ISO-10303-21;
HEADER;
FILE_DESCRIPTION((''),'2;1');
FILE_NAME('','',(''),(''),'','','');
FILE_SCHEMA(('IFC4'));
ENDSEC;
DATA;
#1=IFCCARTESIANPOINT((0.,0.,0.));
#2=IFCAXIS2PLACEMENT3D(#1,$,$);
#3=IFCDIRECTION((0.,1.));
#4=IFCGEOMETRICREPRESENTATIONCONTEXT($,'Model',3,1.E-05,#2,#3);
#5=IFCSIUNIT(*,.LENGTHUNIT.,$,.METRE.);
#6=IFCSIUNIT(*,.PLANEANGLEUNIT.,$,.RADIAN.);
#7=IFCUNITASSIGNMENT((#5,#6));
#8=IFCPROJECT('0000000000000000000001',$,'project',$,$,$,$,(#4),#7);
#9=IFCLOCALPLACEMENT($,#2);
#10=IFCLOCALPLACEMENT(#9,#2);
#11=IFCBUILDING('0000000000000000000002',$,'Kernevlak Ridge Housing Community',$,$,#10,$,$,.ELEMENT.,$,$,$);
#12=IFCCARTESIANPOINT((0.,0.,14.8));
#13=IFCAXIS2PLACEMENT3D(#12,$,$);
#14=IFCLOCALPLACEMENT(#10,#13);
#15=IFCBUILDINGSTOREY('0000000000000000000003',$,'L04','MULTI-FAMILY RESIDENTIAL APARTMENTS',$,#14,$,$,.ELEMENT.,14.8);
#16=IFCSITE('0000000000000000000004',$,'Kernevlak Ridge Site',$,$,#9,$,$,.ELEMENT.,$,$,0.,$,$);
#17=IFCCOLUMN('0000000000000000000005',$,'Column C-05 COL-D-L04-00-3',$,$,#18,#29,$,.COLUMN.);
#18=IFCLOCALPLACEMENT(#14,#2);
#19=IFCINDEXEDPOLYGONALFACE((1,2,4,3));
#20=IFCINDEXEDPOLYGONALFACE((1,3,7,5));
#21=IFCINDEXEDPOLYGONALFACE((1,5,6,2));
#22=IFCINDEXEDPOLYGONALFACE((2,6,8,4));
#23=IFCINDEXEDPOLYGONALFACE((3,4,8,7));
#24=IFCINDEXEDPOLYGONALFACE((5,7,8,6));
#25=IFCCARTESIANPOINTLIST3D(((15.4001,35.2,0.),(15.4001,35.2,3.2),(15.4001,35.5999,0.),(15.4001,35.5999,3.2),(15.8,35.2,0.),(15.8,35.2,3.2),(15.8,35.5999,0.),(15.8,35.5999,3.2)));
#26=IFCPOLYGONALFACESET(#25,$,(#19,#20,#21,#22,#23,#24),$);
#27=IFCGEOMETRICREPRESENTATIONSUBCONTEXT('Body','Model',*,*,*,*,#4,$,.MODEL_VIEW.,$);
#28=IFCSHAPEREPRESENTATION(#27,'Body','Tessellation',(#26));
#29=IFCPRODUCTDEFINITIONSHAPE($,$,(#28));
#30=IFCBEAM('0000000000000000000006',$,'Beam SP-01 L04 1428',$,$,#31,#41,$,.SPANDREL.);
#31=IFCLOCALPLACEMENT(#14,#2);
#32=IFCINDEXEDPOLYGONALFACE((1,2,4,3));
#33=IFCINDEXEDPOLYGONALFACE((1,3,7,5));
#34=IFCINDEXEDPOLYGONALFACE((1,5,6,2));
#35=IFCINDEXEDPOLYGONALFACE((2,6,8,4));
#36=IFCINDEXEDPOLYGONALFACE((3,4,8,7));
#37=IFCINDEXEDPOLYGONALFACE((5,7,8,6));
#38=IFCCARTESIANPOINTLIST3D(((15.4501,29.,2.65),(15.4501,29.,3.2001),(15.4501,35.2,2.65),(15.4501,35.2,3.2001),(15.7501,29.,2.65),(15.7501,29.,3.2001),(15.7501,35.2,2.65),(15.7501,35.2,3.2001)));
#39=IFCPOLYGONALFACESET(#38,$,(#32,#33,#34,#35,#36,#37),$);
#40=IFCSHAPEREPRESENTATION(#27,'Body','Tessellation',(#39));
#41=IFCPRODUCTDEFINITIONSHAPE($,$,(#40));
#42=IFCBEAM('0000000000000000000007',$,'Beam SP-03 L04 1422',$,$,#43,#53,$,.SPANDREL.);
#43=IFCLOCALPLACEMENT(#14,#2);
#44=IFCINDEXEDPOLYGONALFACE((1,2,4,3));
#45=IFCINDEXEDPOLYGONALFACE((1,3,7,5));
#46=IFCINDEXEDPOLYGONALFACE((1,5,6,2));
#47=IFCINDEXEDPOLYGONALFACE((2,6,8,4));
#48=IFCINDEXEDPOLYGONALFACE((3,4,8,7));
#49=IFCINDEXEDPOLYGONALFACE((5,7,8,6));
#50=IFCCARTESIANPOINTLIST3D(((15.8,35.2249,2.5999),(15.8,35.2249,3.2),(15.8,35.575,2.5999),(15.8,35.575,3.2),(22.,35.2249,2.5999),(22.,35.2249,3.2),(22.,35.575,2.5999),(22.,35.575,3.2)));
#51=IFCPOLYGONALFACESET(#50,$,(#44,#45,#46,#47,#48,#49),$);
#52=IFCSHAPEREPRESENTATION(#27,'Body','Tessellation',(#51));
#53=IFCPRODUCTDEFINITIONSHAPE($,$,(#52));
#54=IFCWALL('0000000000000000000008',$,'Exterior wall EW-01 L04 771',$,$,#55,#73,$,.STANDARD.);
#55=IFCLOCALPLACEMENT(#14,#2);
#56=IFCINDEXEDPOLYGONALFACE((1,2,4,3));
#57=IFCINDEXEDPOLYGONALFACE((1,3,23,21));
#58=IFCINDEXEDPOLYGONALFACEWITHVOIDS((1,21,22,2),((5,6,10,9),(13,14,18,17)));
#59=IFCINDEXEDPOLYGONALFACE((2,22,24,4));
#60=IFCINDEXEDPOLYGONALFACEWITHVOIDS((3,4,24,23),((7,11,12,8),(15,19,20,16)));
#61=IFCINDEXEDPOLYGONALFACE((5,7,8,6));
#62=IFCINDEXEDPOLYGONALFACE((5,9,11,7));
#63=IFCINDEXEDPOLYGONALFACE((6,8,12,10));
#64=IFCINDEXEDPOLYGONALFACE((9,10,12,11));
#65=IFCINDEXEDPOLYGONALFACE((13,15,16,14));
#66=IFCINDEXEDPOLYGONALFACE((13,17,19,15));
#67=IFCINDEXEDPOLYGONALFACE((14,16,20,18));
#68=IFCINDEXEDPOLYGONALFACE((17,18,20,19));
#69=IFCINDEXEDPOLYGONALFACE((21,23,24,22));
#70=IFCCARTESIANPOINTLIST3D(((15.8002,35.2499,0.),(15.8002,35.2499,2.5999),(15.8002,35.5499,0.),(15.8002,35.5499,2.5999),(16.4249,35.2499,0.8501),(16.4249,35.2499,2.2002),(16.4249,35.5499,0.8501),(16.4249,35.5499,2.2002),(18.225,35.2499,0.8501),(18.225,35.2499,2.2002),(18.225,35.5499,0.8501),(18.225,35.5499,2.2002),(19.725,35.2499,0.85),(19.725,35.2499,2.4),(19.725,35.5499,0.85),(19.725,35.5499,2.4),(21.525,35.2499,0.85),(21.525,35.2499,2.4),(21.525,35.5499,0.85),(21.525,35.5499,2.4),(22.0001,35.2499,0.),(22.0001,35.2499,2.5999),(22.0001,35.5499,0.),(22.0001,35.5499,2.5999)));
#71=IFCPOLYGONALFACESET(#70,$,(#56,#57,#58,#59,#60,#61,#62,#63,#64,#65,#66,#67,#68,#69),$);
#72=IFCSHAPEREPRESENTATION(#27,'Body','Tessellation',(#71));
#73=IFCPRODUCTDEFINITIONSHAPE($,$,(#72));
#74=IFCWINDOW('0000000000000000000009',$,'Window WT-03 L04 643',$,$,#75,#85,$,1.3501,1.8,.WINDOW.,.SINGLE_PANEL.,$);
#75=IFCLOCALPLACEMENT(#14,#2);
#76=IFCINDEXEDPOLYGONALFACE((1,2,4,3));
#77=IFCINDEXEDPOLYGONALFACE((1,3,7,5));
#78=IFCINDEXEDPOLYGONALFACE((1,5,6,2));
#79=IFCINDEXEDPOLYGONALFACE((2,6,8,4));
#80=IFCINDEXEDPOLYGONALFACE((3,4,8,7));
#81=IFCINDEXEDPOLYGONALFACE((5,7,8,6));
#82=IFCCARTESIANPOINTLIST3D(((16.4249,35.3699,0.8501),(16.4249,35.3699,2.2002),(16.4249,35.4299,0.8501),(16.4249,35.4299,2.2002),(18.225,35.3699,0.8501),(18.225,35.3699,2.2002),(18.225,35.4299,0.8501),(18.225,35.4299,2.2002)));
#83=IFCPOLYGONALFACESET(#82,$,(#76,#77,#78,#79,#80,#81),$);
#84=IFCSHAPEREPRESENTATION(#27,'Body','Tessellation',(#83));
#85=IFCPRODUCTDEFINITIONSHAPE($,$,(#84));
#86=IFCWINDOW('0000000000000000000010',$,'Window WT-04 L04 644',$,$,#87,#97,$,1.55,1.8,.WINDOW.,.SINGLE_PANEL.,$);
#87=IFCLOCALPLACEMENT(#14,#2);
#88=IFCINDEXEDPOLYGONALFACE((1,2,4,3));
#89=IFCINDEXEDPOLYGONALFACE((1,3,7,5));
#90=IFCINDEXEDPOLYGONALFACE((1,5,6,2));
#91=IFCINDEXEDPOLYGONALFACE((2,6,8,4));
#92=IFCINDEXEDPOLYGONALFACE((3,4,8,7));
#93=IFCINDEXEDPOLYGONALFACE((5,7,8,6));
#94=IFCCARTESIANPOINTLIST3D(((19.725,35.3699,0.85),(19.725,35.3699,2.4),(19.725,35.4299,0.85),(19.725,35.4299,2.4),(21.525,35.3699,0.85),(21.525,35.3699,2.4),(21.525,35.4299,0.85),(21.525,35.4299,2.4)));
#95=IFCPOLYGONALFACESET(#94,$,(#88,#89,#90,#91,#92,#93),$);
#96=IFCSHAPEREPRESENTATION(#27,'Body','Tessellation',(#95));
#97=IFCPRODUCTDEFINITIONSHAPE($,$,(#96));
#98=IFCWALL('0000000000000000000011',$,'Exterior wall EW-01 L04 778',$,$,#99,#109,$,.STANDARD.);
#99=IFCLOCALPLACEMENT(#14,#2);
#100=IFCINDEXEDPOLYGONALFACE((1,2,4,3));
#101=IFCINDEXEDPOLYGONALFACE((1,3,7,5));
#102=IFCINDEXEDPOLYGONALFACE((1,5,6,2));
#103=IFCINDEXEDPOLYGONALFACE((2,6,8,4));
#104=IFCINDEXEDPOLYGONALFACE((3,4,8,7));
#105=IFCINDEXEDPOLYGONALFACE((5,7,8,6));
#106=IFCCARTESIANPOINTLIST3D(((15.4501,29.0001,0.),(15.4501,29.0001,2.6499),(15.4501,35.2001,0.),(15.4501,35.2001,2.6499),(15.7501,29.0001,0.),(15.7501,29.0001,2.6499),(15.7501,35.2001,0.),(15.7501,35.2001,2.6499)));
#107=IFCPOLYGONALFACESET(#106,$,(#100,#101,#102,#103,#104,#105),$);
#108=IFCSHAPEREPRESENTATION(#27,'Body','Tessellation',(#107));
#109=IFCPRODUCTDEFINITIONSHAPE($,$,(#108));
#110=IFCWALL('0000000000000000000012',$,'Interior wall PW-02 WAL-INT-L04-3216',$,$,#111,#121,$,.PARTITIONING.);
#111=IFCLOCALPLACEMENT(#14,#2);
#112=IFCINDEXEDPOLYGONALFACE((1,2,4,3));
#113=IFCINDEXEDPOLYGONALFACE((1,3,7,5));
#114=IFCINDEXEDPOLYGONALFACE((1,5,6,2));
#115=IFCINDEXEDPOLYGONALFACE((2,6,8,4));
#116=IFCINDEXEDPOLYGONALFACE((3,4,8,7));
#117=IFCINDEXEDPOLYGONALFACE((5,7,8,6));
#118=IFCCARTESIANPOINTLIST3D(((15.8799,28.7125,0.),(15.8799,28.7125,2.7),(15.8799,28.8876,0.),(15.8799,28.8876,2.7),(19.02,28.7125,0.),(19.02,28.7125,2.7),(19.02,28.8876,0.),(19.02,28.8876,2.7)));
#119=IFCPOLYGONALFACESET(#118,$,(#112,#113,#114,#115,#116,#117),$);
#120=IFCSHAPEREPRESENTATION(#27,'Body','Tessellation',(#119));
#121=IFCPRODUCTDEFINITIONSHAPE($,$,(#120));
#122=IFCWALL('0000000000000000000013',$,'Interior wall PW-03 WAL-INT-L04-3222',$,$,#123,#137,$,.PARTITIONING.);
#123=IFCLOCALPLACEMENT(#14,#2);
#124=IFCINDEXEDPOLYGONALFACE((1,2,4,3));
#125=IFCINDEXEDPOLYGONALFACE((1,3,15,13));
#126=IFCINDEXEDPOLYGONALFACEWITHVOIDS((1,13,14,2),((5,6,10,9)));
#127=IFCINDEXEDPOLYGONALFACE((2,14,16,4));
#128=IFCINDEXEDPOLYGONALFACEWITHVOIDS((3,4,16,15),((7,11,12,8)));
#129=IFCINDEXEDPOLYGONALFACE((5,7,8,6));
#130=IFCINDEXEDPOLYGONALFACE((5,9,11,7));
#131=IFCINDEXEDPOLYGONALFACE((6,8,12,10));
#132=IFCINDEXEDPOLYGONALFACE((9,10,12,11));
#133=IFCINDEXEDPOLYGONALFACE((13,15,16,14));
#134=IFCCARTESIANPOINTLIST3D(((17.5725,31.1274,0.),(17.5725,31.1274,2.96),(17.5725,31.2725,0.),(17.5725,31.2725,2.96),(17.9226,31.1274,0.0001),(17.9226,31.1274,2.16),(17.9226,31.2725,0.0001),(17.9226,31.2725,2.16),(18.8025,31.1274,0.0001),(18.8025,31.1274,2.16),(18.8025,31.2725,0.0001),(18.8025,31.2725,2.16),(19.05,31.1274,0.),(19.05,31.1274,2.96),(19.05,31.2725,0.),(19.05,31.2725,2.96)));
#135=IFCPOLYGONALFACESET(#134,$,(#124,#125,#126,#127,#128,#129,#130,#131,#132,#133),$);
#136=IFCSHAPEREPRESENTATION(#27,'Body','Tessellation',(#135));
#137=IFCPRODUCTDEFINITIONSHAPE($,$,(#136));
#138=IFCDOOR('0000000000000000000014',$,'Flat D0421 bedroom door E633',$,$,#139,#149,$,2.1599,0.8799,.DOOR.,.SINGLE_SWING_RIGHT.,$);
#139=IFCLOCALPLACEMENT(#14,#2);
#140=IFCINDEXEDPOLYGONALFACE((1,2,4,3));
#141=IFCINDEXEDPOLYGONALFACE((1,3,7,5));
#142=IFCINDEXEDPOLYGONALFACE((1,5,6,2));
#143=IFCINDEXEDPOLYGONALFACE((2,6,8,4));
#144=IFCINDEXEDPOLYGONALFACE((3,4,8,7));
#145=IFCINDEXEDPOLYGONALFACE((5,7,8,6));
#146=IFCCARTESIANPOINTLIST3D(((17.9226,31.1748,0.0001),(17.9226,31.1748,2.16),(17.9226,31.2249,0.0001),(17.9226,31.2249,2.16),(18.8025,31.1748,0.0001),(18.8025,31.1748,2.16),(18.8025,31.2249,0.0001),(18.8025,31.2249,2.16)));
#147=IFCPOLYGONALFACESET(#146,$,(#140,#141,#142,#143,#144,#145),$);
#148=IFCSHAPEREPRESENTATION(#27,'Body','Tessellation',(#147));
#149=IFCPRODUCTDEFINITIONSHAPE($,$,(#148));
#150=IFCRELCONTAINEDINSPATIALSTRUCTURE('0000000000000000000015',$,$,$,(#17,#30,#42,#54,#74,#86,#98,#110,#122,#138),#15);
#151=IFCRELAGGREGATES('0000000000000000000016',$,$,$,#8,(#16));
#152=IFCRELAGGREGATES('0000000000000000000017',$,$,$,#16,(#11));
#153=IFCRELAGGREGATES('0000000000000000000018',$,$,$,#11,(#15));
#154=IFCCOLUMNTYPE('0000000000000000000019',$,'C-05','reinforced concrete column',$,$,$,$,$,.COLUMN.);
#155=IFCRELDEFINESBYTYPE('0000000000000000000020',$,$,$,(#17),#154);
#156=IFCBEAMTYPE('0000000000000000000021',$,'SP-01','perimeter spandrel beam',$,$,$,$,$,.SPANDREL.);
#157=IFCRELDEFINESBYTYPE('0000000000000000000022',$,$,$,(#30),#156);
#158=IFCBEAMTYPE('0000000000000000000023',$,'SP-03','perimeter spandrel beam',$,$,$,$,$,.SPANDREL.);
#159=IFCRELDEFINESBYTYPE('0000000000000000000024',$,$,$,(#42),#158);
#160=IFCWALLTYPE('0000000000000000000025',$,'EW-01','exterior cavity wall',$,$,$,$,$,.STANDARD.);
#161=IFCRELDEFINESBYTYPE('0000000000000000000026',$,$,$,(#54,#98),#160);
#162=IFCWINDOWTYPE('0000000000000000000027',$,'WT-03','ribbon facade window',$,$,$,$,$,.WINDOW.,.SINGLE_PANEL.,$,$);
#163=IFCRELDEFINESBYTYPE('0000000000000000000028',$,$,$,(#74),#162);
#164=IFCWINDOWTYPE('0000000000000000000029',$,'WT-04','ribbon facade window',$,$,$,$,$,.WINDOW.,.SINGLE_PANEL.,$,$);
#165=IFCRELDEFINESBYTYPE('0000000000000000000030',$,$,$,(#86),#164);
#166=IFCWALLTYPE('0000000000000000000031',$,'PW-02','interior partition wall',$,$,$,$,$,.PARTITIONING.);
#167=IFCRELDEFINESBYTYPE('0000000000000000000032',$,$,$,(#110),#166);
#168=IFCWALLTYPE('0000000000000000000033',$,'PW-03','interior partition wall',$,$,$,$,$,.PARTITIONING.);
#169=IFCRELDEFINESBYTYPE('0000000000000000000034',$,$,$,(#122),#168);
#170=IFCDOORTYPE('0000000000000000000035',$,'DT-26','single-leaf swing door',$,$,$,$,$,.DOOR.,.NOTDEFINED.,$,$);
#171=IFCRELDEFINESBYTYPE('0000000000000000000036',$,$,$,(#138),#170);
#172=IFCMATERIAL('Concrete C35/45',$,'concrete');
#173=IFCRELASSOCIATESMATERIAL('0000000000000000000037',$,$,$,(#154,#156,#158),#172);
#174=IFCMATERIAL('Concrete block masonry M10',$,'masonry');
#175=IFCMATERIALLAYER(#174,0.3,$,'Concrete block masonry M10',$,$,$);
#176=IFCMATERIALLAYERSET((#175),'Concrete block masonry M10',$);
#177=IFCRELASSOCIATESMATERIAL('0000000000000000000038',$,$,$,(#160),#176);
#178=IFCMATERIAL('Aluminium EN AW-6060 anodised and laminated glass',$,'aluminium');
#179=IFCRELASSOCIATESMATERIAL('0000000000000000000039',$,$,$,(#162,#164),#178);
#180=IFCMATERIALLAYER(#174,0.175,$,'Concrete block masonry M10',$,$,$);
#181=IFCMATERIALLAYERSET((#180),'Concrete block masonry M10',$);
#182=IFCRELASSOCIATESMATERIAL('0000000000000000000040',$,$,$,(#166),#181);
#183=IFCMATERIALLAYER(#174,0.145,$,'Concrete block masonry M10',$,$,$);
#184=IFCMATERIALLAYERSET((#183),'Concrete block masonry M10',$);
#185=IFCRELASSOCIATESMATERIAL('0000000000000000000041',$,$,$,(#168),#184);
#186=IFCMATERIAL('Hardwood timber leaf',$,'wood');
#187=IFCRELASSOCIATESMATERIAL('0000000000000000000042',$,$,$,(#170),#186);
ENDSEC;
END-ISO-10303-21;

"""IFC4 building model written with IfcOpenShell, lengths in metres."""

from ifc_helpers import new_model, si_unit, direction, frame, frame_2d, origin, origin_2d, place, context, subcontext, project, spatial, rectangle, extrude, material, layer, layer_set, material_profile, profile_set, type_object, element, fill, save


model = new_model("IFC4")

# Units and contexts
model_context = context("Model", 3, precision=1e-05, world=origin(), true_north=direction((0.0, 1.0)))
body_context = subcontext(model_context, "Body", "Model", "MODEL_VIEW")
ifc_project = project(units=[si_unit("LENGTHUNIT", "METRE"), si_unit("PLANEANGLEUNIT", "RADIAN")], contexts=[model_context])

# Site, building, storey
site_placement = place(None, origin())
site = spatial("IfcSite", under=ifc_project, at=site_placement, Name="Kernevlak Ridge Site", CompositionType="ELEMENT", RefElevation=0.0)
building_placement = place(site_placement, origin())
building = spatial("IfcBuilding", under=site, at=building_placement, Name="Kernevlak Ridge Housing Community", CompositionType="ELEMENT")
storey_placement = place(building_placement, frame((0.0, 0.0, 14.8)))
storey = spatial("IfcBuildingStorey", under=building, at=storey_placement, Name="L04", Description="MULTI-FAMILY RESIDENTIAL APARTMENTS", CompositionType="ELEMENT", Elevation=14.8)

# Column
ifc_material_1 = material(Name="Concrete C35/45", Category="concrete")
ifc_material_profile_1 = material_profile(ifc_material_1, rectangle(XDim=0.3999, YDim=0.3999, at=origin_2d()), Name="RC 400x400")
ifc_profile_set_1 = profile_set([ifc_material_profile_1], Name="Concrete C35/45")
column_type = type_object("IfcColumnType", Name="C-05", Description="reinforced concrete column", PredefinedType="COLUMN", material=ifc_profile_set_1)
column_placement = place(storey_placement, frame((15.6001, 35.3999, 0.0), z_axis=(0.0, 0.0, 1.0), x_axis=(1.0, 0.0, 0.0)))
element("IfcColumn", 1, at=column_placement, inside=storey, type_object=column_type, Name="Column C-05 COL-D-L04-00-3", PredefinedType="COLUMN", context=body_context, shape_type="SweptSolid", body=[
    extrude(rectangle(XDim=0.3999, YDim=0.3999, at=origin_2d()), origin(), (0.0, 0.0, 1.0), 3.2),
])

# Beams
ifc_material_profile_2 = material_profile(ifc_material_1, rectangle(XDim=0.3, YDim=0.55, at=origin_2d()), Name="RC 300x550")
ifc_profile_set_2 = profile_set([ifc_material_profile_2], Name="Concrete C35/45")
beam_type_1 = type_object("IfcBeamType", Name="SP-01", Description="perimeter spandrel beam", PredefinedType="SPANDREL", material=ifc_profile_set_2)
beam_1_placement = place(storey_placement, frame((15.6001, 29.0, 2.925), z_axis=(0.0, 1.0, 0.0), x_axis=(-1.0, 0.0, 0.0)))
element("IfcBeam", 2, at=beam_1_placement, inside=storey, type_object=beam_type_1, Name="Beam SP-01 L04 1428", PredefinedType="SPANDREL", context=body_context, shape_type="SweptSolid", body=[
    extrude(rectangle(XDim=0.3, YDim=0.55, at=origin_2d()), origin(), (0.0, 0.0, 1.0), 6.2),
])
ifc_material_profile_3 = material_profile(ifc_material_1, rectangle(XDim=0.3501, YDim=0.6001, at=origin_2d()), Name="RC 350x600")
ifc_profile_set_3 = profile_set([ifc_material_profile_3], Name="Concrete C35/45")
beam_type_2 = type_object("IfcBeamType", Name="SP-03", Description="perimeter spandrel beam", PredefinedType="SPANDREL", material=ifc_profile_set_3)
beam_2_placement = place(storey_placement, frame((15.8, 35.3999, 2.8999), z_axis=(1.0, 0.0, 0.0), x_axis=(0.0, 1.0, 0.0)))
element("IfcBeam", 3, at=beam_2_placement, inside=storey, type_object=beam_type_2, Name="Beam SP-03 L04 1422", PredefinedType="SPANDREL", context=body_context, shape_type="SweptSolid", body=[
    extrude(rectangle(XDim=0.3501, YDim=0.6001, at=origin_2d()), origin(), (0.0, 0.0, 1.0), 6.2),
])

# Wall, openings, windows
ifc_material_2 = material(Name="Concrete block masonry M10", Category="masonry")
ifc_layer_1 = layer(ifc_material_2, 0.3, Name="Concrete block masonry M10")
ifc_layer_set_1 = layer_set([ifc_layer_1], Name="Concrete block masonry M10")
wall_type_1 = type_object("IfcWallType", Name="EW-01", Description="exterior cavity wall", PredefinedType="STANDARD", material=ifc_layer_set_1)
wall_1_placement = place(storey_placement, frame((15.8, 35.3999, 0.0), z_axis=(0.0, 0.0, 1.0), x_axis=(1.0, 0.0, 0.0)))
wall_1 = element("IfcWall", 4, at=wall_1_placement, inside=storey, type_object=wall_type_1, Name="Exterior wall EW-01 L04 771", PredefinedType="STANDARD", context=body_context, shape_type="SweptSolid", body=[
    extrude(rectangle(XDim=6.2, YDim=0.3, at=frame_2d((3.1001, 0.0))), origin(), (0.0, 0.0, 1.0), 2.5999),
])
opening_1_placement = place(wall_1_placement, frame((0.625, 0.0, 0.8501)))
opening_1 = element("IfcOpeningElement", 5, at=opening_1_placement, cuts=wall_1, PredefinedType="OPENING", context=body_context, shape_type="SweptSolid", body=[
    extrude(rectangle(XDim=1.8, YDim=1.3501, at=frame_2d((0.8999, 0.675))), frame((0.0, 0.1599, 0.0), z_axis=(0.0, -1.0, 0.0), x_axis=(1.0, 0.0, 0.0)), (0.0, 0.0, 1.0), 0.3201),
])
opening_2_placement = place(wall_1_placement, frame((3.925, 0.0, 0.8501)))
opening_2 = element("IfcOpeningElement", 6, at=opening_2_placement, cuts=wall_1, PredefinedType="OPENING", context=body_context, shape_type="SweptSolid", body=[
    extrude(rectangle(XDim=1.8, YDim=1.55, at=frame_2d((0.8999, 0.7749))), frame((0.0, 0.1599, 0.0), z_axis=(0.0, -1.0, 0.0), x_axis=(1.0, 0.0, 0.0)), (0.0, 0.0, 1.0), 0.3201),
])
ifc_material_3 = material(Name="Aluminium EN AW-6060 anodised and laminated glass", Category="aluminium")
window_type_1 = type_object("IfcWindowType", Name="WT-03", Description="ribbon facade window", PartitioningType="SINGLE_PANEL", PredefinedType="WINDOW", material=ifc_material_3)
window_1_placement = place(opening_1_placement, origin())
window_1 = element("IfcWindow", 7, at=window_1_placement, inside=storey, type_object=window_type_1, Name="Window WT-03 L04 643", OverallHeight=1.3501, OverallWidth=1.8, PartitioningType="SINGLE_PANEL", PredefinedType="WINDOW", context=body_context, shape_type="SweptSolid", body=[
    extrude(rectangle(XDim=1.8, YDim=1.3501, at=frame_2d((0.8999, 0.675))), frame((0.0, 0.03, 0.0), z_axis=(0.0, -1.0, 0.0), x_axis=(1.0, 0.0, 0.0)), (0.0, 0.0, 1.0), 0.0601),
])
fill(opening_1, window_1)
window_type_2 = type_object("IfcWindowType", Name="WT-04", Description="ribbon facade window", PartitioningType="SINGLE_PANEL", PredefinedType="WINDOW", material=ifc_material_3)
window_2_placement = place(opening_2_placement, origin())
window_2 = element("IfcWindow", 8, at=window_2_placement, inside=storey, type_object=window_type_2, Name="Window WT-04 L04 644", OverallHeight=1.55, OverallWidth=1.8, PartitioningType="SINGLE_PANEL", PredefinedType="WINDOW", context=body_context, shape_type="SweptSolid", body=[
    extrude(rectangle(XDim=1.8, YDim=1.55, at=frame_2d((0.8999, 0.7749))), frame((0.0, 0.03, 0.0), z_axis=(0.0, -1.0, 0.0), x_axis=(1.0, 0.0, 0.0)), (0.0, 0.0, 1.0), 0.0601),
])
fill(opening_2, window_2)

# Walls
wall_2_placement = place(storey_placement, frame((15.6001, 29.0, 0.0), z_axis=(0.0, 0.0, 1.0), x_axis=(0.0, 1.0, 0.0)))
element("IfcWall", 9, at=wall_2_placement, inside=storey, type_object=wall_type_1, Name="Exterior wall EW-01 L04 778", PredefinedType="STANDARD", context=body_context, shape_type="SweptSolid", body=[
    extrude(rectangle(XDim=6.2, YDim=0.3, at=frame_2d((3.1001, 0.0))), origin(), (0.0, 0.0, 1.0), 2.6499),
])
ifc_layer_2 = layer(ifc_material_2, 0.175, Name="Concrete block masonry M10")
ifc_layer_set_2 = layer_set([ifc_layer_2], Name="Concrete block masonry M10")
wall_type_2 = type_object("IfcWallType", Name="PW-02", Description="interior partition wall", PredefinedType="PARTITIONING", material=ifc_layer_set_2)
wall_3_placement = place(storey_placement, frame((15.8799, 28.8, 0.0), z_axis=(0.0, 0.0, 1.0), x_axis=(1.0, 0.0, 0.0)))
element("IfcWall", 10, at=wall_3_placement, inside=storey, type_object=wall_type_2, Name="Interior wall PW-02 WAL-INT-L04-3216", PredefinedType="PARTITIONING", context=body_context, shape_type="SweptSolid", body=[
    extrude(rectangle(XDim=3.1401, YDim=0.175, at=frame_2d((1.5701, 0.0))), origin(), (0.0, 0.0, 1.0), 2.7),
])

# Wall, opening, door
ifc_layer_3 = layer(ifc_material_2, 0.145, Name="Concrete block masonry M10")
ifc_layer_set_3 = layer_set([ifc_layer_3], Name="Concrete block masonry M10")
wall_type_3 = type_object("IfcWallType", Name="PW-03", Description="interior partition wall", PredefinedType="PARTITIONING", material=ifc_layer_set_3)
wall_4_placement = place(storey_placement, frame((17.5725, 31.2, 0.0), z_axis=(0.0, 0.0, 1.0), x_axis=(1.0, 0.0, 0.0)))
wall_4 = element("IfcWall", 11, at=wall_4_placement, inside=storey, type_object=wall_type_3, Name="Interior wall PW-03 WAL-INT-L04-3222", PredefinedType="PARTITIONING", context=body_context, shape_type="SweptSolid", body=[
    extrude(rectangle(XDim=1.4775, YDim=0.145, at=frame_2d((0.7388, 0.0))), origin(), (0.0, 0.0, 1.0), 2.96),
])
opening_3_placement = place(wall_4_placement, frame((0.3501, 0.0, 0.0)))
opening_3 = element("IfcOpeningElement", 12, at=opening_3_placement, cuts=wall_4, PredefinedType="OPENING", context=body_context, shape_type="SweptSolid", body=[
    extrude(rectangle(XDim=0.8799, YDim=2.1599, at=frame_2d((0.4399, 1.0801))), frame((0.0, 0.0825, 0.0), z_axis=(0.0, -1.0, 0.0), x_axis=(1.0, 0.0, 0.0)), (0.0, 0.0, 1.0), 0.165),
])
ifc_material_4 = material(Name="Hardwood timber leaf", Category="wood")
door_type_1 = type_object("IfcDoorType", Name="DT-26", Description="single-leaf swing door", OperationType="NOTDEFINED", PredefinedType="DOOR", material=ifc_material_4)
door_1_placement = place(opening_3_placement, origin())
door_1 = element("IfcDoor", 13, at=door_1_placement, inside=storey, type_object=door_type_1, Name="Flat D0421 bedroom door E633", OperationType="SINGLE_SWING_RIGHT", OverallHeight=2.1599, OverallWidth=0.8799, PredefinedType="DOOR", context=body_context, shape_type="SweptSolid", body=[
    extrude(rectangle(XDim=0.8799, YDim=2.1599, at=frame_2d((0.4399, 1.0801))), frame((0.0, 0.0249, 0.0), z_axis=(0.0, -1.0, 0.0), x_axis=(1.0, 0.0, 0.0)), (0.0, 0.0, 1.0), 0.05),
])
fill(opening_3, door_1)

save(model, "model.ifc")
